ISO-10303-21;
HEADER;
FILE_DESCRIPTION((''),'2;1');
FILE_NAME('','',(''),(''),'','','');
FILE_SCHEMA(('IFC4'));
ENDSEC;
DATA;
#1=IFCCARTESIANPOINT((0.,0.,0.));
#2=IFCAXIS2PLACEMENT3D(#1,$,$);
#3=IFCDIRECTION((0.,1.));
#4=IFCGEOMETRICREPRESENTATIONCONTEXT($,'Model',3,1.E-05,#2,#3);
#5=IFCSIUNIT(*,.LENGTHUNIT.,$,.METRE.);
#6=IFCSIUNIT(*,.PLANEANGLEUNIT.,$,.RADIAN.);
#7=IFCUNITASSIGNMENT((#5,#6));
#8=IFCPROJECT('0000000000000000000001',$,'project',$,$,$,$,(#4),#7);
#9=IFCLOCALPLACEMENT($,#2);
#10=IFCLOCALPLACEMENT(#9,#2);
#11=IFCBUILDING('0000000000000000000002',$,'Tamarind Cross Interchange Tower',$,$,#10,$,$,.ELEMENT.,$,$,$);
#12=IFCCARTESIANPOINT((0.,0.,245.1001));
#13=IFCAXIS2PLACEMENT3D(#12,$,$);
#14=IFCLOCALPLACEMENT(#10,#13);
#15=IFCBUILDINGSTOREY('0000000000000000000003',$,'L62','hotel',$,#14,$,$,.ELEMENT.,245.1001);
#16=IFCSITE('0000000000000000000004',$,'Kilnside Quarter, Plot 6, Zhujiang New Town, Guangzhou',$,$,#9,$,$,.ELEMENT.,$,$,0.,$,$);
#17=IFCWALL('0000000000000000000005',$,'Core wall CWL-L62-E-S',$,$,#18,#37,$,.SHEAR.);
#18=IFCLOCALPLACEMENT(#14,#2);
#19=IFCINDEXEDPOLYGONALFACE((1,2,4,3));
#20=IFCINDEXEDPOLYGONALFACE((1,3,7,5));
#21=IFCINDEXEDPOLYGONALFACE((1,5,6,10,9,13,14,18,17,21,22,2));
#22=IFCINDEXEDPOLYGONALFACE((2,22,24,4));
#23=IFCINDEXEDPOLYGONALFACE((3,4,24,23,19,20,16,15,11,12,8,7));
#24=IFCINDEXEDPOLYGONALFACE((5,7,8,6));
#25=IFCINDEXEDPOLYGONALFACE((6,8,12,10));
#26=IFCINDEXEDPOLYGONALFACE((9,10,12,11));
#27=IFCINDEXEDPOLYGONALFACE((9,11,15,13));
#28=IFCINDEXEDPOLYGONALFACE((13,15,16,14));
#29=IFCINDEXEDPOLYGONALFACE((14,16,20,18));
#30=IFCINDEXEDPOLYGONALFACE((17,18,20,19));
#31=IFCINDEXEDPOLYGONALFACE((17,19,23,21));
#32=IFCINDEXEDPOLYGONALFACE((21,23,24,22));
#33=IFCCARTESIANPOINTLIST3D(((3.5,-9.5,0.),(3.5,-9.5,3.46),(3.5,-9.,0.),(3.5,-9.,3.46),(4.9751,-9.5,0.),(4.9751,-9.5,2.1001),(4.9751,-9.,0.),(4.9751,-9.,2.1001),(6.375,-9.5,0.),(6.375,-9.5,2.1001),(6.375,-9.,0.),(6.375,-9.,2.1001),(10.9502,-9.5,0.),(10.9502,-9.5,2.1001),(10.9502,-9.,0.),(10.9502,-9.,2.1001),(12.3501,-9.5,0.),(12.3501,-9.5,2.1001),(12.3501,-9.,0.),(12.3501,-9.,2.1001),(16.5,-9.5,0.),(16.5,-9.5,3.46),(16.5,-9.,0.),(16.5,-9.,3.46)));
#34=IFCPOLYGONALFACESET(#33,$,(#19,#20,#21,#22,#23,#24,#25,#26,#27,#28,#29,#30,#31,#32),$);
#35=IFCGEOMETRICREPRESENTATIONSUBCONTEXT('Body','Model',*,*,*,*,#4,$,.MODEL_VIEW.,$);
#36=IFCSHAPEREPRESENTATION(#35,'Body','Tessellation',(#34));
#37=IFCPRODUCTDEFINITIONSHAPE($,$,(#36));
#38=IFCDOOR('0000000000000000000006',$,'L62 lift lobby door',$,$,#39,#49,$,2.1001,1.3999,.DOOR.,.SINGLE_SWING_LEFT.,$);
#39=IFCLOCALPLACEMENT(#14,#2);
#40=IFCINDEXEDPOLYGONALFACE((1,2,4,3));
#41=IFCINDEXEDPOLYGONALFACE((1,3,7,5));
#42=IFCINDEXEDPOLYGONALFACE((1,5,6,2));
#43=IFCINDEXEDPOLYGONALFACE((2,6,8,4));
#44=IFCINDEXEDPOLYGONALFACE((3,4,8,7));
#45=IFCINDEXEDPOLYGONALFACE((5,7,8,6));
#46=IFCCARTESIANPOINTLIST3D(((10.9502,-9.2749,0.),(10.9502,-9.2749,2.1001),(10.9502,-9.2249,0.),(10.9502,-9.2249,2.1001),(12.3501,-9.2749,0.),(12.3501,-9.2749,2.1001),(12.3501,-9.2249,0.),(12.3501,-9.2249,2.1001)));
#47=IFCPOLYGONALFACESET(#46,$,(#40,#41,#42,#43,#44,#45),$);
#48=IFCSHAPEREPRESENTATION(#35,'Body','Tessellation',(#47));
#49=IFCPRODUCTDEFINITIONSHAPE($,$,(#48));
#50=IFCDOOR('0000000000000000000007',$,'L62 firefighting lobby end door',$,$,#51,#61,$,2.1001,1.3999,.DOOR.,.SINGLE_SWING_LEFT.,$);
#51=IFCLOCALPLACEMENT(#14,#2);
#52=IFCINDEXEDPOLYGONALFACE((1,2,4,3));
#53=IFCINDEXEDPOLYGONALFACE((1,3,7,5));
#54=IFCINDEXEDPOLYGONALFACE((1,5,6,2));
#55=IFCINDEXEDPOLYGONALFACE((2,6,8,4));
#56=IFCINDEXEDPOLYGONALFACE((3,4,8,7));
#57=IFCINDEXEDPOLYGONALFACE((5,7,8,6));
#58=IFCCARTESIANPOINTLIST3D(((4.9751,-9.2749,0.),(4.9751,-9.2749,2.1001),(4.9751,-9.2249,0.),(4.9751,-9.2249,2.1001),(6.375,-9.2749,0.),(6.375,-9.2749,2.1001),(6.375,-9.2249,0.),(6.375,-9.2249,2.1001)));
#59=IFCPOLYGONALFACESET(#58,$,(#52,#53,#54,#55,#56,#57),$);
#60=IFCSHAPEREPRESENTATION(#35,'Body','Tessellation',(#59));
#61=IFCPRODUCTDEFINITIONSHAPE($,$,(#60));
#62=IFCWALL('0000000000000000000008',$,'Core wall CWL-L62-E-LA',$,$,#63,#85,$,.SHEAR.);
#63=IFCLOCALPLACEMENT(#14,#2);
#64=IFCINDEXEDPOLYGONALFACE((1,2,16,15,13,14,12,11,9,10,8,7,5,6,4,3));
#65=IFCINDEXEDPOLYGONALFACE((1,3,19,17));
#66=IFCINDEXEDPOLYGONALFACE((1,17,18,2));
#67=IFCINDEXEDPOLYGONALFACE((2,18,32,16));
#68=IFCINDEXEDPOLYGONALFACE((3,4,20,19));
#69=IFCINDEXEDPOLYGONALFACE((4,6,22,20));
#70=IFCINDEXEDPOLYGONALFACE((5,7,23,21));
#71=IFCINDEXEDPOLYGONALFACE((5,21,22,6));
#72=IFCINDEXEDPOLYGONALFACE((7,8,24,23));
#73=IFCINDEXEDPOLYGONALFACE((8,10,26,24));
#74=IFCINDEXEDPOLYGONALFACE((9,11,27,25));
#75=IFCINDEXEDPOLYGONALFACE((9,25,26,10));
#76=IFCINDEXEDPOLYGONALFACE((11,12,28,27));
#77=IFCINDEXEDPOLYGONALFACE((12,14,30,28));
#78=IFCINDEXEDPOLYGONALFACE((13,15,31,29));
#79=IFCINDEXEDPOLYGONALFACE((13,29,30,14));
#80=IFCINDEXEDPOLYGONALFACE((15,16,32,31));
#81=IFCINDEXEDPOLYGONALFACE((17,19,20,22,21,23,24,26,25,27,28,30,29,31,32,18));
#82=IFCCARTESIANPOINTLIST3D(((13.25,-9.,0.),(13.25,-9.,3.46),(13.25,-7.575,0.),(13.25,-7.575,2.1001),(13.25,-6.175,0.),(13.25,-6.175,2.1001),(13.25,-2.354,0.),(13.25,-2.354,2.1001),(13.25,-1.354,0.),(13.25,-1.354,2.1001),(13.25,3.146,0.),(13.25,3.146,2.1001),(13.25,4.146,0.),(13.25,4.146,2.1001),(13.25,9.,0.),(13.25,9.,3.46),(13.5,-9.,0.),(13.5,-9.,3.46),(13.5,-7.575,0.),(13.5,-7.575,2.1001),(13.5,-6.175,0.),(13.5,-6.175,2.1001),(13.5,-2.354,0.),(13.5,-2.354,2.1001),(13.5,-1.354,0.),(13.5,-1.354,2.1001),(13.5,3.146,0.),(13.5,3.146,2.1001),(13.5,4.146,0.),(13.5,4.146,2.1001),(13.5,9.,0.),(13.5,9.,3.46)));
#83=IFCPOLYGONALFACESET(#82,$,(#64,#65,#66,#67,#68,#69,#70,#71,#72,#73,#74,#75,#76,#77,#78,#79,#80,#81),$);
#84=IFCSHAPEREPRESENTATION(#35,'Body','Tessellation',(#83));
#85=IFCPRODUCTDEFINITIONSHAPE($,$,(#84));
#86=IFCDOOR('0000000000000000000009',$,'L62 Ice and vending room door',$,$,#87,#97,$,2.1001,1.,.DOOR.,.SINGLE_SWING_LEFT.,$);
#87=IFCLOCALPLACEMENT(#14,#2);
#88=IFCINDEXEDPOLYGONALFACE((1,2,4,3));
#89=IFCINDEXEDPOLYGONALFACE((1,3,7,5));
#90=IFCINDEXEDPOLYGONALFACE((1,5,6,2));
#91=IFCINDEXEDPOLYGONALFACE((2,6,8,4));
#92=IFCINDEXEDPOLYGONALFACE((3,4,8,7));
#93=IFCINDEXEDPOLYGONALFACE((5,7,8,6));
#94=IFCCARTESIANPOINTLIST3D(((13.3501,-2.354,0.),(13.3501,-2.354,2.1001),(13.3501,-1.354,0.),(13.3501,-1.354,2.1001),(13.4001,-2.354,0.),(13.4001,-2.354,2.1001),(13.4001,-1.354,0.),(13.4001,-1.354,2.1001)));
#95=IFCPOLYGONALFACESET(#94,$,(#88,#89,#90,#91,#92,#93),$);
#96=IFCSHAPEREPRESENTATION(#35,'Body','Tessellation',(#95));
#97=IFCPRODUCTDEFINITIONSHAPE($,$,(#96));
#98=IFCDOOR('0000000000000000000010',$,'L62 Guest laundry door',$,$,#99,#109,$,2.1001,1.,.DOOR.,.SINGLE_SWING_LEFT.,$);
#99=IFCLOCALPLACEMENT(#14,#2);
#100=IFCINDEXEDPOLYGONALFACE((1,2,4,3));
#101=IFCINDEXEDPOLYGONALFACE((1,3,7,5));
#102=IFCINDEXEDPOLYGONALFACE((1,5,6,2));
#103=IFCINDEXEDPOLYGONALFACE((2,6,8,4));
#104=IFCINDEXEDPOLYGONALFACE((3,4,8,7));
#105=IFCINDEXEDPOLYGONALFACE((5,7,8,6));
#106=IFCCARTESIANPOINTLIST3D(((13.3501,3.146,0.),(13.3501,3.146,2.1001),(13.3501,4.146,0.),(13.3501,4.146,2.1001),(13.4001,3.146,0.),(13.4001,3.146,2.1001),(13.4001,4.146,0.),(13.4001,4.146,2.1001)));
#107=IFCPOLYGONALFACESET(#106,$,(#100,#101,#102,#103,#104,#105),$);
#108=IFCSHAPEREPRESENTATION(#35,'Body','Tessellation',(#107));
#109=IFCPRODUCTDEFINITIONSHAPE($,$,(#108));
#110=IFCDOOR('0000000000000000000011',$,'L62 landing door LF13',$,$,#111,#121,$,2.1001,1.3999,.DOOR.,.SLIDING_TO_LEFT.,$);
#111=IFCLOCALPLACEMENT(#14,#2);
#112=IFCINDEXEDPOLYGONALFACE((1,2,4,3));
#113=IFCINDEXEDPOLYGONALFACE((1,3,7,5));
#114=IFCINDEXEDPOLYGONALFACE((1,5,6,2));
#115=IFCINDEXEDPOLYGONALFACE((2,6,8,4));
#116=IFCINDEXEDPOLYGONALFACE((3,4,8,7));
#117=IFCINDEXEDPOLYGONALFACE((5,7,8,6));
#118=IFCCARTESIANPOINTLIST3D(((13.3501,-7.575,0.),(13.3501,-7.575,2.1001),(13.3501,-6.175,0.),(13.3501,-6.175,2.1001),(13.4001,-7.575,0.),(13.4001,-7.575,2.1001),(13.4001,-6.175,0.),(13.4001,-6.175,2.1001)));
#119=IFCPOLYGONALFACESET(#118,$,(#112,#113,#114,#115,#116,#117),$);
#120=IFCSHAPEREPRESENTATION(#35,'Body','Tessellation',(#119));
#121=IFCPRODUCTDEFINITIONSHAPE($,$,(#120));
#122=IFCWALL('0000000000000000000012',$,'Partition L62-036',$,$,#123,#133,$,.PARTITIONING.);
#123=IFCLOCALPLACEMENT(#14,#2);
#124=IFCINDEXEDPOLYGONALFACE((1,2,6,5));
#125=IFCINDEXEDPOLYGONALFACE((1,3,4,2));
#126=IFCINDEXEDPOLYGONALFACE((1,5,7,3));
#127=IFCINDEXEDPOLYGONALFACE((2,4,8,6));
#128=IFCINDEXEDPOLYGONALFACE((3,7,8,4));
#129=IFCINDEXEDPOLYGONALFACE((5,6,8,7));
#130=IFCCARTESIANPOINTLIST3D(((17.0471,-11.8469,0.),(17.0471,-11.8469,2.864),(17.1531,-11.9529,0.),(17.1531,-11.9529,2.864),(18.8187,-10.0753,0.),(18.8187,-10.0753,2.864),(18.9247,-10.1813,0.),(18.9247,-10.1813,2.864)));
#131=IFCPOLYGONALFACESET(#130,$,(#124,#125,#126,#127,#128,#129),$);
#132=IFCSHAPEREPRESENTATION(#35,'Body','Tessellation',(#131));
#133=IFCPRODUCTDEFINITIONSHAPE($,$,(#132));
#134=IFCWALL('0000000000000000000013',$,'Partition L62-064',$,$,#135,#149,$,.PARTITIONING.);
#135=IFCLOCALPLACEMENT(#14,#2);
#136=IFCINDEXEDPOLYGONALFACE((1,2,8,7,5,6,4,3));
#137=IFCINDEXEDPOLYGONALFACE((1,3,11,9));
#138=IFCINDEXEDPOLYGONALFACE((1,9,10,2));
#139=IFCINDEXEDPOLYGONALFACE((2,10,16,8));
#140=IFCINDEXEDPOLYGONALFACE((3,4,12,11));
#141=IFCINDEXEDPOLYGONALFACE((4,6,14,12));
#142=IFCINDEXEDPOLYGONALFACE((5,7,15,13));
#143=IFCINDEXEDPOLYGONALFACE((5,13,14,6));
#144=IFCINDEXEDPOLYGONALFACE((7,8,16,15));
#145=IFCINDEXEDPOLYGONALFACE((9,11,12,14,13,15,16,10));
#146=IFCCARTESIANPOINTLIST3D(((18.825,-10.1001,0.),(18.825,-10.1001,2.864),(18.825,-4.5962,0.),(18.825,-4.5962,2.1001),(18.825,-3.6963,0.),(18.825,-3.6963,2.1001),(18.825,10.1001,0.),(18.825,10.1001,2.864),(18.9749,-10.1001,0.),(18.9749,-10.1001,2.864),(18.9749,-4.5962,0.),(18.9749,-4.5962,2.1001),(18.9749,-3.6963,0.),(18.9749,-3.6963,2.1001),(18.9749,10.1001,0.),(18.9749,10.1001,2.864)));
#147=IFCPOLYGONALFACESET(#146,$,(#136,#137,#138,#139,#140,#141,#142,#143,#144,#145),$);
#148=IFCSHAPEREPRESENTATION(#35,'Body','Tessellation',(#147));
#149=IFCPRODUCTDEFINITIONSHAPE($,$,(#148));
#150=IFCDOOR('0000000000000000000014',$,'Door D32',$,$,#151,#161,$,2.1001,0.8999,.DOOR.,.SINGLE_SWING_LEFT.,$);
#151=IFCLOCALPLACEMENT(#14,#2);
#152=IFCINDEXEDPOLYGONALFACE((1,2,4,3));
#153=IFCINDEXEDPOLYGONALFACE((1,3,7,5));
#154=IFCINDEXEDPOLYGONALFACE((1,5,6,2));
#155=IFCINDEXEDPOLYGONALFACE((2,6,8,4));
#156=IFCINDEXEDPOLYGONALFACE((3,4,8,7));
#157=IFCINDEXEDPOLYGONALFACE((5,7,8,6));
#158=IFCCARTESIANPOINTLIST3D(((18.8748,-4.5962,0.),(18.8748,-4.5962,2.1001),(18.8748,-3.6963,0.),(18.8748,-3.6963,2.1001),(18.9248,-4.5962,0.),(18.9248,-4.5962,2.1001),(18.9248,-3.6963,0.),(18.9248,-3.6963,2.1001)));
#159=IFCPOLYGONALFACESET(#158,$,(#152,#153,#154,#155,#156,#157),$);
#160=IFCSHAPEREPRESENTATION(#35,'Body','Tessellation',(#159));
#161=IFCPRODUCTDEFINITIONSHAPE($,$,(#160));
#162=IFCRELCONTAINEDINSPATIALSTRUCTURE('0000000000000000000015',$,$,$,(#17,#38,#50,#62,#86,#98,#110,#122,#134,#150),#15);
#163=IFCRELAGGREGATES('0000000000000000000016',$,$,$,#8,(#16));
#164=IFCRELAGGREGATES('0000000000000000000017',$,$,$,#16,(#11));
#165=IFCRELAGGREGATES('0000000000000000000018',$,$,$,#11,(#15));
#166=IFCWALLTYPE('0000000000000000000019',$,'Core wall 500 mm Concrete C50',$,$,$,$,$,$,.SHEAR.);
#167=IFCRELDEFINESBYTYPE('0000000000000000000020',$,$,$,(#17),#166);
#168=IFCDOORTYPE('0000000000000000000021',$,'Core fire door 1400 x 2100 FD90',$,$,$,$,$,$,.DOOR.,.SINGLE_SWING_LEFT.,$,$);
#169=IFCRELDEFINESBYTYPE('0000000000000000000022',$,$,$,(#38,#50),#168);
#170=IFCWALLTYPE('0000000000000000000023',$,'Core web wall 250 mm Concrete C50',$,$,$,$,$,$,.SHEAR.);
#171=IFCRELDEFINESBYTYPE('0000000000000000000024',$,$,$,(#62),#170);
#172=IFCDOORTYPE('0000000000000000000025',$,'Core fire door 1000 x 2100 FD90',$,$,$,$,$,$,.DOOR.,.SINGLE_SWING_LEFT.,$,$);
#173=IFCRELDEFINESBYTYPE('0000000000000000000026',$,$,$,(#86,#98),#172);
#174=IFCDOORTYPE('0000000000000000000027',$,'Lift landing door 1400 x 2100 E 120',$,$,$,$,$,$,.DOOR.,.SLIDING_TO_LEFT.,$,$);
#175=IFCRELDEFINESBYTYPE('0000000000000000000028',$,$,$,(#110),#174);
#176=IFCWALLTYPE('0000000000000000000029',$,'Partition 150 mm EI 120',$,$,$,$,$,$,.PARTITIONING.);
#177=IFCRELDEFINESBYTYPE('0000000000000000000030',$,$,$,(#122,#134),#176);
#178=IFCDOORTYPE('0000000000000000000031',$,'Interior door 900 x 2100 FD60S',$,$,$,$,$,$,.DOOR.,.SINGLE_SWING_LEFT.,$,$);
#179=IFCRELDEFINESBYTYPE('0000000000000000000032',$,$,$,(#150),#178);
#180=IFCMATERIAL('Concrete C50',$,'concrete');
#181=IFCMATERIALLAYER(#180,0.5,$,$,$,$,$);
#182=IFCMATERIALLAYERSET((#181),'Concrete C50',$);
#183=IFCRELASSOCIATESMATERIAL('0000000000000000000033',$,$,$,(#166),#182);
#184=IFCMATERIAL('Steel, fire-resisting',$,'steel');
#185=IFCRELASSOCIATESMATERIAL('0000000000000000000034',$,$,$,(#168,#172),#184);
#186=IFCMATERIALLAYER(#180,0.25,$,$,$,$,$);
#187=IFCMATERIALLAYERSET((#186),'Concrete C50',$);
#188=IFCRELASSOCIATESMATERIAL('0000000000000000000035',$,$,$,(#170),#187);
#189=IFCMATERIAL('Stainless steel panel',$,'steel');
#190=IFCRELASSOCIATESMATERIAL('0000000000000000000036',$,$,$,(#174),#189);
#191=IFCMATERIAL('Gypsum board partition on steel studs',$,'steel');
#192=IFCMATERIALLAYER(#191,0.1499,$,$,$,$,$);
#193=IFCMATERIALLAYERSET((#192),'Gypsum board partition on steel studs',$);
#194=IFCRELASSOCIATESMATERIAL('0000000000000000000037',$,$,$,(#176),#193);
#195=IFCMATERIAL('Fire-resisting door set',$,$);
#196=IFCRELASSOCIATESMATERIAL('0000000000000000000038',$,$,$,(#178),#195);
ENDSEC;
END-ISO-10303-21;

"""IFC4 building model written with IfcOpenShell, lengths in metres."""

from ifc_helpers import new_model, si_unit, direction, frame, frame_2d, origin, place, context, subcontext, project, spatial, rectangle, extrude, material, layer, layer_set, type_object, element, fill, save


model = new_model("IFC4")

# Units and contexts
model_context = context("Model", 3, precision=1e-05, world=origin(), true_north=direction((0.0, 1.0)))
body_context = subcontext(model_context, "Body", "Model", "MODEL_VIEW")
ifc_project = project(units=[si_unit("LENGTHUNIT", "METRE"), si_unit("PLANEANGLEUNIT", "RADIAN")], contexts=[model_context])

# Site, building, storey
site_placement = place(None, origin())
site = spatial("IfcSite", under=ifc_project, at=site_placement, Name="Kilnside Quarter, Plot 6, Zhujiang New Town, Guangzhou", CompositionType="ELEMENT", RefElevation=0.0)
building_placement = place(site_placement, origin())
building = spatial("IfcBuilding", under=site, at=building_placement, Name="Tamarind Cross Interchange Tower", CompositionType="ELEMENT")
storey_placement = place(building_placement, frame((0.0, 0.0, 245.1001)))
storey = spatial("IfcBuildingStorey", under=building, at=storey_placement, Name="L62", Description="hotel", CompositionType="ELEMENT", Elevation=245.1001)

# Shared definitions
ifc_material_1 = material(Name="Concrete C50", Category="concrete")

# Walls, openings, doors
ifc_layer_1 = layer(ifc_material_1, 0.5)
ifc_layer_set_1 = layer_set([ifc_layer_1], Name="Concrete C50")
wall_type_1 = type_object("IfcWallType", Name="Core wall 500 mm Concrete C50", PredefinedType="SHEAR", material=ifc_layer_set_1)
wall_1_placement = place(storey_placement, frame((16.5, -9.25, 0.0), z_axis=(0.0, 0.0, 1.0), x_axis=(-1.0, 0.0, 0.0)))
wall_1 = element("IfcWall", 1, at=wall_1_placement, inside=storey, type_object=wall_type_1, Name="Core wall CWL-L62-E-S", PredefinedType="SHEAR", context=body_context, shape_type="SweptSolid", body=[
    extrude(rectangle(XDim=13.0, YDim=0.5, at=frame_2d((6.5, 0.0))), origin(), (0.0, 0.0, 1.0), 3.46),
])
opening_1_placement = place(wall_1_placement, frame((4.1499, 0.0, 0.0)))
opening_1 = element("IfcOpeningElement", 2, at=opening_1_placement, cuts=wall_1, PredefinedType="OPENING", context=body_context, shape_type="SweptSolid", body=[
    extrude(rectangle(XDim=1.3999, YDim=2.1001, at=frame_2d((0.7, 1.05))), frame((0.0, 0.26, 0.0), z_axis=(0.0, -1.0, 0.0), x_axis=(1.0, 0.0, 0.0)), (0.0, 0.0, 1.0), 0.52),
])
opening_2_placement = place(wall_1_placement, frame((10.125, 0.0, 0.0)))
opening_2 = element("IfcOpeningElement", 3, at=opening_2_placement, cuts=wall_1, PredefinedType="OPENING", context=body_context, shape_type="SweptSolid", body=[
    extrude(rectangle(XDim=1.3999, YDim=2.1001, at=frame_2d((0.7, 1.05))), frame((0.0, 0.26, 0.0), z_axis=(0.0, -1.0, 0.0), x_axis=(1.0, 0.0, 0.0)), (0.0, 0.0, 1.0), 0.52),
])
ifc_material_2 = material(Name="Steel, fire-resisting", Category="steel")
door_type_1 = type_object("IfcDoorType", Name="Core fire door 1400 x 2100 FD90", OperationType="SINGLE_SWING_LEFT", PredefinedType="DOOR", material=ifc_material_2)
door_1_placement = place(opening_1_placement, origin())
door_1 = element("IfcDoor", 4, at=door_1_placement, inside=storey, type_object=door_type_1, Name="L62 lift lobby door", OperationType="SINGLE_SWING_LEFT", OverallHeight=2.1001, OverallWidth=1.3999, PredefinedType="DOOR", context=body_context, shape_type="SweptSolid", body=[
    extrude(rectangle(XDim=1.3999, YDim=2.1001, at=frame_2d((0.7, 1.05))), frame((0.0, 0.0249, 0.0), z_axis=(0.0, -1.0, 0.0), x_axis=(1.0, 0.0, 0.0)), (0.0, 0.0, 1.0), 0.05),
])
fill(opening_1, door_1)
door_2_placement = place(opening_2_placement, origin())
door_2 = element("IfcDoor", 5, at=door_2_placement, inside=storey, type_object=door_type_1, Name="L62 firefighting lobby end door", OperationType="SINGLE_SWING_LEFT", OverallHeight=2.1001, OverallWidth=1.3999, PredefinedType="DOOR", context=body_context, shape_type="SweptSolid", body=[
    extrude(rectangle(XDim=1.3999, YDim=2.1001, at=frame_2d((0.7, 1.05))), frame((0.0, 0.0249, 0.0), z_axis=(0.0, -1.0, 0.0), x_axis=(1.0, 0.0, 0.0)), (0.0, 0.0, 1.0), 0.05),
])
fill(opening_2, door_2)
ifc_layer_2 = layer(ifc_material_1, 0.25)
ifc_layer_set_2 = layer_set([ifc_layer_2], Name="Concrete C50")
wall_type_2 = type_object("IfcWallType", Name="Core web wall 250 mm Concrete C50", PredefinedType="SHEAR", material=ifc_layer_set_2)
wall_2_placement = place(storey_placement, frame((13.375, -9.0, 0.0), z_axis=(0.0, 0.0, 1.0), x_axis=(0.0, 1.0, 0.0)))
wall_2 = element("IfcWall", 6, at=wall_2_placement, inside=storey, type_object=wall_type_2, Name="Core wall CWL-L62-E-LA", PredefinedType="SHEAR", context=body_context, shape_type="SweptSolid", body=[
    extrude(rectangle(XDim=18.0, YDim=0.25, at=frame_2d((9.0, 0.0))), origin(), (0.0, 0.0, 1.0), 3.46),
])
opening_3_placement = place(wall_2_placement, frame((1.425, 0.0, 0.0)))
opening_3 = element("IfcOpeningElement", 7, at=opening_3_placement, cuts=wall_2, PredefinedType="OPENING", context=body_context, shape_type="SweptSolid", body=[
    extrude(rectangle(XDim=1.3999, YDim=2.1001, at=frame_2d((0.7, 1.05))), frame((0.0, 0.135, 0.0), z_axis=(0.0, -1.0, 0.0), x_axis=(1.0, 0.0, 0.0)), (0.0, 0.0, 1.0), 0.27),
])
opening_4_placement = place(wall_2_placement, frame((6.646, 0.0, 0.0)))
opening_4 = element("IfcOpeningElement", 8, at=opening_4_placement, cuts=wall_2, PredefinedType="OPENING", context=body_context, shape_type="SweptSolid", body=[
    extrude(rectangle(XDim=1.0, YDim=2.1001, at=frame_2d((0.5, 1.05))), frame((0.0, 0.135, 0.0), z_axis=(0.0, -1.0, 0.0), x_axis=(1.0, 0.0, 0.0)), (0.0, 0.0, 1.0), 0.27),
])
opening_5_placement = place(wall_2_placement, frame((12.146, 0.0, 0.0)))
opening_5 = element("IfcOpeningElement", 9, at=opening_5_placement, cuts=wall_2, PredefinedType="OPENING", context=body_context, shape_type="SweptSolid", body=[
    extrude(rectangle(XDim=1.0, YDim=2.1001, at=frame_2d((0.5, 1.05))), frame((0.0, 0.135, 0.0), z_axis=(0.0, -1.0, 0.0), x_axis=(1.0, 0.0, 0.0)), (0.0, 0.0, 1.0), 0.27),
])
door_type_2 = type_object("IfcDoorType", Name="Core fire door 1000 x 2100 FD90", OperationType="SINGLE_SWING_LEFT", PredefinedType="DOOR", material=ifc_material_2)
door_3_placement = place(opening_4_placement, origin())
door_3 = element("IfcDoor", 10, at=door_3_placement, inside=storey, type_object=door_type_2, Name="L62 Ice and vending room door", OperationType="SINGLE_SWING_LEFT", OverallHeight=2.1001, OverallWidth=1.0, PredefinedType="DOOR", context=body_context, shape_type="SweptSolid", body=[
    extrude(rectangle(XDim=1.0, YDim=2.1001, at=frame_2d((0.5, 1.05))), frame((0.0, 0.0249, 0.0), z_axis=(0.0, -1.0, 0.0), x_axis=(1.0, 0.0, 0.0)), (0.0, 0.0, 1.0), 0.05),
])
fill(opening_4, door_3)
door_4_placement = place(opening_5_placement, origin())
door_4 = element("IfcDoor", 11, at=door_4_placement, inside=storey, type_object=door_type_2, Name="L62 Guest laundry door", OperationType="SINGLE_SWING_LEFT", OverallHeight=2.1001, OverallWidth=1.0, PredefinedType="DOOR", context=body_context, shape_type="SweptSolid", body=[
    extrude(rectangle(XDim=1.0, YDim=2.1001, at=frame_2d((0.5, 1.05))), frame((0.0, 0.0249, 0.0), z_axis=(0.0, -1.0, 0.0), x_axis=(1.0, 0.0, 0.0)), (0.0, 0.0, 1.0), 0.05),
])
fill(opening_5, door_4)
ifc_material_3 = material(Name="Stainless steel panel", Category="steel")
door_type_3 = type_object("IfcDoorType", Name="Lift landing door 1400 x 2100 E 120", OperationType="SLIDING_TO_LEFT", PredefinedType="DOOR", material=ifc_material_3)
door_5_placement = place(opening_3_placement, origin())
door_5 = element("IfcDoor", 12, at=door_5_placement, inside=storey, type_object=door_type_3, Name="L62 landing door LF13", OperationType="SLIDING_TO_LEFT", OverallHeight=2.1001, OverallWidth=1.3999, PredefinedType="DOOR", context=body_context, shape_type="SweptSolid", body=[
    extrude(rectangle(XDim=1.3999, YDim=2.1001, at=frame_2d((0.7, 1.05))), frame((0.0, 0.0249, 0.0), z_axis=(0.0, -1.0, 0.0), x_axis=(1.0, 0.0, 0.0)), (0.0, 0.0, 1.0), 0.05),
])
fill(opening_3, door_5)

# Wall
ifc_material_4 = material(Name="Gypsum board partition on steel studs", Category="steel")
ifc_layer_3 = layer(ifc_material_4, 0.1499)
ifc_layer_set_3 = layer_set([ifc_layer_3], Name="Gypsum board partition on steel studs")
wall_type_3 = type_object("IfcWallType", Name="Partition 150 mm EI 120", PredefinedType="PARTITIONING", material=ifc_layer_set_3)
wall_3_placement = place(storey_placement, frame((17.1001, -11.8999, 0.0), z_axis=(0.0, 0.0, 1.0), x_axis=(0.707107, 0.707107, 0.0)))
element("IfcWall", 13, at=wall_3_placement, inside=storey, type_object=wall_type_3, Name="Partition L62-036", PredefinedType="PARTITIONING", context=body_context, shape_type="SweptSolid", body=[
    extrude(rectangle(XDim=2.5054, YDim=0.1499, at=frame_2d((1.2527, 0.0))), origin(), (0.0, 0.0, 1.0), 2.864),
])

# Wall, opening, door
wall_4_placement = place(storey_placement, frame((18.8999, -10.1001, 0.0), z_axis=(0.0, 0.0, 1.0), x_axis=(0.0, 1.0, 0.0)))
wall_4 = element("IfcWall", 14, at=wall_4_placement, inside=storey, type_object=wall_type_3, Name="Partition L62-064", PredefinedType="PARTITIONING", context=body_context, shape_type="SweptSolid", body=[
    extrude(rectangle(XDim=20.2002, YDim=0.1499, at=frame_2d((10.1001, 0.0))), origin(), (0.0, 0.0, 1.0), 2.864),
])
opening_6_placement = place(wall_4_placement, frame((5.5039, 0.0, 0.0)))
opening_6 = element("IfcOpeningElement", 15, at=opening_6_placement, cuts=wall_4, PredefinedType="OPENING", context=body_context, shape_type="SweptSolid", body=[
    extrude(rectangle(XDim=0.8999, YDim=2.1001, at=frame_2d((0.45, 1.05))), frame((0.0, 0.085, 0.0), z_axis=(0.0, -1.0, 0.0), x_axis=(1.0, 0.0, 0.0)), (0.0, 0.0, 1.0), 0.1699),
])
ifc_material_5 = material(Name="Fire-resisting door set")
door_type_4 = type_object("IfcDoorType", Name="Interior door 900 x 2100 FD60S", OperationType="SINGLE_SWING_LEFT", PredefinedType="DOOR", material=ifc_material_5)
door_6_placement = place(opening_6_placement, frame((0.8999, 0.0, 0.0), z_axis=(0.0, 0.0, 1.0), x_axis=(-1.0, 0.0, 0.0)))
door_6 = element("IfcDoor", 16, at=door_6_placement, inside=storey, type_object=door_type_4, Name="Door D32", OperationType="SINGLE_SWING_LEFT", OverallHeight=2.1001, OverallWidth=0.8999, PredefinedType="DOOR", context=body_context, shape_type="SweptSolid", body=[
    extrude(rectangle(XDim=0.8999, YDim=2.1001, at=frame_2d((0.45, 1.05))), frame((0.0, 0.0249, 0.0), z_axis=(0.0, -1.0, 0.0), x_axis=(1.0, 0.0, 0.0)), (0.0, 0.0, 1.0), 0.05),
])
fill(opening_6, door_6)

save(model, "model.ifc")
